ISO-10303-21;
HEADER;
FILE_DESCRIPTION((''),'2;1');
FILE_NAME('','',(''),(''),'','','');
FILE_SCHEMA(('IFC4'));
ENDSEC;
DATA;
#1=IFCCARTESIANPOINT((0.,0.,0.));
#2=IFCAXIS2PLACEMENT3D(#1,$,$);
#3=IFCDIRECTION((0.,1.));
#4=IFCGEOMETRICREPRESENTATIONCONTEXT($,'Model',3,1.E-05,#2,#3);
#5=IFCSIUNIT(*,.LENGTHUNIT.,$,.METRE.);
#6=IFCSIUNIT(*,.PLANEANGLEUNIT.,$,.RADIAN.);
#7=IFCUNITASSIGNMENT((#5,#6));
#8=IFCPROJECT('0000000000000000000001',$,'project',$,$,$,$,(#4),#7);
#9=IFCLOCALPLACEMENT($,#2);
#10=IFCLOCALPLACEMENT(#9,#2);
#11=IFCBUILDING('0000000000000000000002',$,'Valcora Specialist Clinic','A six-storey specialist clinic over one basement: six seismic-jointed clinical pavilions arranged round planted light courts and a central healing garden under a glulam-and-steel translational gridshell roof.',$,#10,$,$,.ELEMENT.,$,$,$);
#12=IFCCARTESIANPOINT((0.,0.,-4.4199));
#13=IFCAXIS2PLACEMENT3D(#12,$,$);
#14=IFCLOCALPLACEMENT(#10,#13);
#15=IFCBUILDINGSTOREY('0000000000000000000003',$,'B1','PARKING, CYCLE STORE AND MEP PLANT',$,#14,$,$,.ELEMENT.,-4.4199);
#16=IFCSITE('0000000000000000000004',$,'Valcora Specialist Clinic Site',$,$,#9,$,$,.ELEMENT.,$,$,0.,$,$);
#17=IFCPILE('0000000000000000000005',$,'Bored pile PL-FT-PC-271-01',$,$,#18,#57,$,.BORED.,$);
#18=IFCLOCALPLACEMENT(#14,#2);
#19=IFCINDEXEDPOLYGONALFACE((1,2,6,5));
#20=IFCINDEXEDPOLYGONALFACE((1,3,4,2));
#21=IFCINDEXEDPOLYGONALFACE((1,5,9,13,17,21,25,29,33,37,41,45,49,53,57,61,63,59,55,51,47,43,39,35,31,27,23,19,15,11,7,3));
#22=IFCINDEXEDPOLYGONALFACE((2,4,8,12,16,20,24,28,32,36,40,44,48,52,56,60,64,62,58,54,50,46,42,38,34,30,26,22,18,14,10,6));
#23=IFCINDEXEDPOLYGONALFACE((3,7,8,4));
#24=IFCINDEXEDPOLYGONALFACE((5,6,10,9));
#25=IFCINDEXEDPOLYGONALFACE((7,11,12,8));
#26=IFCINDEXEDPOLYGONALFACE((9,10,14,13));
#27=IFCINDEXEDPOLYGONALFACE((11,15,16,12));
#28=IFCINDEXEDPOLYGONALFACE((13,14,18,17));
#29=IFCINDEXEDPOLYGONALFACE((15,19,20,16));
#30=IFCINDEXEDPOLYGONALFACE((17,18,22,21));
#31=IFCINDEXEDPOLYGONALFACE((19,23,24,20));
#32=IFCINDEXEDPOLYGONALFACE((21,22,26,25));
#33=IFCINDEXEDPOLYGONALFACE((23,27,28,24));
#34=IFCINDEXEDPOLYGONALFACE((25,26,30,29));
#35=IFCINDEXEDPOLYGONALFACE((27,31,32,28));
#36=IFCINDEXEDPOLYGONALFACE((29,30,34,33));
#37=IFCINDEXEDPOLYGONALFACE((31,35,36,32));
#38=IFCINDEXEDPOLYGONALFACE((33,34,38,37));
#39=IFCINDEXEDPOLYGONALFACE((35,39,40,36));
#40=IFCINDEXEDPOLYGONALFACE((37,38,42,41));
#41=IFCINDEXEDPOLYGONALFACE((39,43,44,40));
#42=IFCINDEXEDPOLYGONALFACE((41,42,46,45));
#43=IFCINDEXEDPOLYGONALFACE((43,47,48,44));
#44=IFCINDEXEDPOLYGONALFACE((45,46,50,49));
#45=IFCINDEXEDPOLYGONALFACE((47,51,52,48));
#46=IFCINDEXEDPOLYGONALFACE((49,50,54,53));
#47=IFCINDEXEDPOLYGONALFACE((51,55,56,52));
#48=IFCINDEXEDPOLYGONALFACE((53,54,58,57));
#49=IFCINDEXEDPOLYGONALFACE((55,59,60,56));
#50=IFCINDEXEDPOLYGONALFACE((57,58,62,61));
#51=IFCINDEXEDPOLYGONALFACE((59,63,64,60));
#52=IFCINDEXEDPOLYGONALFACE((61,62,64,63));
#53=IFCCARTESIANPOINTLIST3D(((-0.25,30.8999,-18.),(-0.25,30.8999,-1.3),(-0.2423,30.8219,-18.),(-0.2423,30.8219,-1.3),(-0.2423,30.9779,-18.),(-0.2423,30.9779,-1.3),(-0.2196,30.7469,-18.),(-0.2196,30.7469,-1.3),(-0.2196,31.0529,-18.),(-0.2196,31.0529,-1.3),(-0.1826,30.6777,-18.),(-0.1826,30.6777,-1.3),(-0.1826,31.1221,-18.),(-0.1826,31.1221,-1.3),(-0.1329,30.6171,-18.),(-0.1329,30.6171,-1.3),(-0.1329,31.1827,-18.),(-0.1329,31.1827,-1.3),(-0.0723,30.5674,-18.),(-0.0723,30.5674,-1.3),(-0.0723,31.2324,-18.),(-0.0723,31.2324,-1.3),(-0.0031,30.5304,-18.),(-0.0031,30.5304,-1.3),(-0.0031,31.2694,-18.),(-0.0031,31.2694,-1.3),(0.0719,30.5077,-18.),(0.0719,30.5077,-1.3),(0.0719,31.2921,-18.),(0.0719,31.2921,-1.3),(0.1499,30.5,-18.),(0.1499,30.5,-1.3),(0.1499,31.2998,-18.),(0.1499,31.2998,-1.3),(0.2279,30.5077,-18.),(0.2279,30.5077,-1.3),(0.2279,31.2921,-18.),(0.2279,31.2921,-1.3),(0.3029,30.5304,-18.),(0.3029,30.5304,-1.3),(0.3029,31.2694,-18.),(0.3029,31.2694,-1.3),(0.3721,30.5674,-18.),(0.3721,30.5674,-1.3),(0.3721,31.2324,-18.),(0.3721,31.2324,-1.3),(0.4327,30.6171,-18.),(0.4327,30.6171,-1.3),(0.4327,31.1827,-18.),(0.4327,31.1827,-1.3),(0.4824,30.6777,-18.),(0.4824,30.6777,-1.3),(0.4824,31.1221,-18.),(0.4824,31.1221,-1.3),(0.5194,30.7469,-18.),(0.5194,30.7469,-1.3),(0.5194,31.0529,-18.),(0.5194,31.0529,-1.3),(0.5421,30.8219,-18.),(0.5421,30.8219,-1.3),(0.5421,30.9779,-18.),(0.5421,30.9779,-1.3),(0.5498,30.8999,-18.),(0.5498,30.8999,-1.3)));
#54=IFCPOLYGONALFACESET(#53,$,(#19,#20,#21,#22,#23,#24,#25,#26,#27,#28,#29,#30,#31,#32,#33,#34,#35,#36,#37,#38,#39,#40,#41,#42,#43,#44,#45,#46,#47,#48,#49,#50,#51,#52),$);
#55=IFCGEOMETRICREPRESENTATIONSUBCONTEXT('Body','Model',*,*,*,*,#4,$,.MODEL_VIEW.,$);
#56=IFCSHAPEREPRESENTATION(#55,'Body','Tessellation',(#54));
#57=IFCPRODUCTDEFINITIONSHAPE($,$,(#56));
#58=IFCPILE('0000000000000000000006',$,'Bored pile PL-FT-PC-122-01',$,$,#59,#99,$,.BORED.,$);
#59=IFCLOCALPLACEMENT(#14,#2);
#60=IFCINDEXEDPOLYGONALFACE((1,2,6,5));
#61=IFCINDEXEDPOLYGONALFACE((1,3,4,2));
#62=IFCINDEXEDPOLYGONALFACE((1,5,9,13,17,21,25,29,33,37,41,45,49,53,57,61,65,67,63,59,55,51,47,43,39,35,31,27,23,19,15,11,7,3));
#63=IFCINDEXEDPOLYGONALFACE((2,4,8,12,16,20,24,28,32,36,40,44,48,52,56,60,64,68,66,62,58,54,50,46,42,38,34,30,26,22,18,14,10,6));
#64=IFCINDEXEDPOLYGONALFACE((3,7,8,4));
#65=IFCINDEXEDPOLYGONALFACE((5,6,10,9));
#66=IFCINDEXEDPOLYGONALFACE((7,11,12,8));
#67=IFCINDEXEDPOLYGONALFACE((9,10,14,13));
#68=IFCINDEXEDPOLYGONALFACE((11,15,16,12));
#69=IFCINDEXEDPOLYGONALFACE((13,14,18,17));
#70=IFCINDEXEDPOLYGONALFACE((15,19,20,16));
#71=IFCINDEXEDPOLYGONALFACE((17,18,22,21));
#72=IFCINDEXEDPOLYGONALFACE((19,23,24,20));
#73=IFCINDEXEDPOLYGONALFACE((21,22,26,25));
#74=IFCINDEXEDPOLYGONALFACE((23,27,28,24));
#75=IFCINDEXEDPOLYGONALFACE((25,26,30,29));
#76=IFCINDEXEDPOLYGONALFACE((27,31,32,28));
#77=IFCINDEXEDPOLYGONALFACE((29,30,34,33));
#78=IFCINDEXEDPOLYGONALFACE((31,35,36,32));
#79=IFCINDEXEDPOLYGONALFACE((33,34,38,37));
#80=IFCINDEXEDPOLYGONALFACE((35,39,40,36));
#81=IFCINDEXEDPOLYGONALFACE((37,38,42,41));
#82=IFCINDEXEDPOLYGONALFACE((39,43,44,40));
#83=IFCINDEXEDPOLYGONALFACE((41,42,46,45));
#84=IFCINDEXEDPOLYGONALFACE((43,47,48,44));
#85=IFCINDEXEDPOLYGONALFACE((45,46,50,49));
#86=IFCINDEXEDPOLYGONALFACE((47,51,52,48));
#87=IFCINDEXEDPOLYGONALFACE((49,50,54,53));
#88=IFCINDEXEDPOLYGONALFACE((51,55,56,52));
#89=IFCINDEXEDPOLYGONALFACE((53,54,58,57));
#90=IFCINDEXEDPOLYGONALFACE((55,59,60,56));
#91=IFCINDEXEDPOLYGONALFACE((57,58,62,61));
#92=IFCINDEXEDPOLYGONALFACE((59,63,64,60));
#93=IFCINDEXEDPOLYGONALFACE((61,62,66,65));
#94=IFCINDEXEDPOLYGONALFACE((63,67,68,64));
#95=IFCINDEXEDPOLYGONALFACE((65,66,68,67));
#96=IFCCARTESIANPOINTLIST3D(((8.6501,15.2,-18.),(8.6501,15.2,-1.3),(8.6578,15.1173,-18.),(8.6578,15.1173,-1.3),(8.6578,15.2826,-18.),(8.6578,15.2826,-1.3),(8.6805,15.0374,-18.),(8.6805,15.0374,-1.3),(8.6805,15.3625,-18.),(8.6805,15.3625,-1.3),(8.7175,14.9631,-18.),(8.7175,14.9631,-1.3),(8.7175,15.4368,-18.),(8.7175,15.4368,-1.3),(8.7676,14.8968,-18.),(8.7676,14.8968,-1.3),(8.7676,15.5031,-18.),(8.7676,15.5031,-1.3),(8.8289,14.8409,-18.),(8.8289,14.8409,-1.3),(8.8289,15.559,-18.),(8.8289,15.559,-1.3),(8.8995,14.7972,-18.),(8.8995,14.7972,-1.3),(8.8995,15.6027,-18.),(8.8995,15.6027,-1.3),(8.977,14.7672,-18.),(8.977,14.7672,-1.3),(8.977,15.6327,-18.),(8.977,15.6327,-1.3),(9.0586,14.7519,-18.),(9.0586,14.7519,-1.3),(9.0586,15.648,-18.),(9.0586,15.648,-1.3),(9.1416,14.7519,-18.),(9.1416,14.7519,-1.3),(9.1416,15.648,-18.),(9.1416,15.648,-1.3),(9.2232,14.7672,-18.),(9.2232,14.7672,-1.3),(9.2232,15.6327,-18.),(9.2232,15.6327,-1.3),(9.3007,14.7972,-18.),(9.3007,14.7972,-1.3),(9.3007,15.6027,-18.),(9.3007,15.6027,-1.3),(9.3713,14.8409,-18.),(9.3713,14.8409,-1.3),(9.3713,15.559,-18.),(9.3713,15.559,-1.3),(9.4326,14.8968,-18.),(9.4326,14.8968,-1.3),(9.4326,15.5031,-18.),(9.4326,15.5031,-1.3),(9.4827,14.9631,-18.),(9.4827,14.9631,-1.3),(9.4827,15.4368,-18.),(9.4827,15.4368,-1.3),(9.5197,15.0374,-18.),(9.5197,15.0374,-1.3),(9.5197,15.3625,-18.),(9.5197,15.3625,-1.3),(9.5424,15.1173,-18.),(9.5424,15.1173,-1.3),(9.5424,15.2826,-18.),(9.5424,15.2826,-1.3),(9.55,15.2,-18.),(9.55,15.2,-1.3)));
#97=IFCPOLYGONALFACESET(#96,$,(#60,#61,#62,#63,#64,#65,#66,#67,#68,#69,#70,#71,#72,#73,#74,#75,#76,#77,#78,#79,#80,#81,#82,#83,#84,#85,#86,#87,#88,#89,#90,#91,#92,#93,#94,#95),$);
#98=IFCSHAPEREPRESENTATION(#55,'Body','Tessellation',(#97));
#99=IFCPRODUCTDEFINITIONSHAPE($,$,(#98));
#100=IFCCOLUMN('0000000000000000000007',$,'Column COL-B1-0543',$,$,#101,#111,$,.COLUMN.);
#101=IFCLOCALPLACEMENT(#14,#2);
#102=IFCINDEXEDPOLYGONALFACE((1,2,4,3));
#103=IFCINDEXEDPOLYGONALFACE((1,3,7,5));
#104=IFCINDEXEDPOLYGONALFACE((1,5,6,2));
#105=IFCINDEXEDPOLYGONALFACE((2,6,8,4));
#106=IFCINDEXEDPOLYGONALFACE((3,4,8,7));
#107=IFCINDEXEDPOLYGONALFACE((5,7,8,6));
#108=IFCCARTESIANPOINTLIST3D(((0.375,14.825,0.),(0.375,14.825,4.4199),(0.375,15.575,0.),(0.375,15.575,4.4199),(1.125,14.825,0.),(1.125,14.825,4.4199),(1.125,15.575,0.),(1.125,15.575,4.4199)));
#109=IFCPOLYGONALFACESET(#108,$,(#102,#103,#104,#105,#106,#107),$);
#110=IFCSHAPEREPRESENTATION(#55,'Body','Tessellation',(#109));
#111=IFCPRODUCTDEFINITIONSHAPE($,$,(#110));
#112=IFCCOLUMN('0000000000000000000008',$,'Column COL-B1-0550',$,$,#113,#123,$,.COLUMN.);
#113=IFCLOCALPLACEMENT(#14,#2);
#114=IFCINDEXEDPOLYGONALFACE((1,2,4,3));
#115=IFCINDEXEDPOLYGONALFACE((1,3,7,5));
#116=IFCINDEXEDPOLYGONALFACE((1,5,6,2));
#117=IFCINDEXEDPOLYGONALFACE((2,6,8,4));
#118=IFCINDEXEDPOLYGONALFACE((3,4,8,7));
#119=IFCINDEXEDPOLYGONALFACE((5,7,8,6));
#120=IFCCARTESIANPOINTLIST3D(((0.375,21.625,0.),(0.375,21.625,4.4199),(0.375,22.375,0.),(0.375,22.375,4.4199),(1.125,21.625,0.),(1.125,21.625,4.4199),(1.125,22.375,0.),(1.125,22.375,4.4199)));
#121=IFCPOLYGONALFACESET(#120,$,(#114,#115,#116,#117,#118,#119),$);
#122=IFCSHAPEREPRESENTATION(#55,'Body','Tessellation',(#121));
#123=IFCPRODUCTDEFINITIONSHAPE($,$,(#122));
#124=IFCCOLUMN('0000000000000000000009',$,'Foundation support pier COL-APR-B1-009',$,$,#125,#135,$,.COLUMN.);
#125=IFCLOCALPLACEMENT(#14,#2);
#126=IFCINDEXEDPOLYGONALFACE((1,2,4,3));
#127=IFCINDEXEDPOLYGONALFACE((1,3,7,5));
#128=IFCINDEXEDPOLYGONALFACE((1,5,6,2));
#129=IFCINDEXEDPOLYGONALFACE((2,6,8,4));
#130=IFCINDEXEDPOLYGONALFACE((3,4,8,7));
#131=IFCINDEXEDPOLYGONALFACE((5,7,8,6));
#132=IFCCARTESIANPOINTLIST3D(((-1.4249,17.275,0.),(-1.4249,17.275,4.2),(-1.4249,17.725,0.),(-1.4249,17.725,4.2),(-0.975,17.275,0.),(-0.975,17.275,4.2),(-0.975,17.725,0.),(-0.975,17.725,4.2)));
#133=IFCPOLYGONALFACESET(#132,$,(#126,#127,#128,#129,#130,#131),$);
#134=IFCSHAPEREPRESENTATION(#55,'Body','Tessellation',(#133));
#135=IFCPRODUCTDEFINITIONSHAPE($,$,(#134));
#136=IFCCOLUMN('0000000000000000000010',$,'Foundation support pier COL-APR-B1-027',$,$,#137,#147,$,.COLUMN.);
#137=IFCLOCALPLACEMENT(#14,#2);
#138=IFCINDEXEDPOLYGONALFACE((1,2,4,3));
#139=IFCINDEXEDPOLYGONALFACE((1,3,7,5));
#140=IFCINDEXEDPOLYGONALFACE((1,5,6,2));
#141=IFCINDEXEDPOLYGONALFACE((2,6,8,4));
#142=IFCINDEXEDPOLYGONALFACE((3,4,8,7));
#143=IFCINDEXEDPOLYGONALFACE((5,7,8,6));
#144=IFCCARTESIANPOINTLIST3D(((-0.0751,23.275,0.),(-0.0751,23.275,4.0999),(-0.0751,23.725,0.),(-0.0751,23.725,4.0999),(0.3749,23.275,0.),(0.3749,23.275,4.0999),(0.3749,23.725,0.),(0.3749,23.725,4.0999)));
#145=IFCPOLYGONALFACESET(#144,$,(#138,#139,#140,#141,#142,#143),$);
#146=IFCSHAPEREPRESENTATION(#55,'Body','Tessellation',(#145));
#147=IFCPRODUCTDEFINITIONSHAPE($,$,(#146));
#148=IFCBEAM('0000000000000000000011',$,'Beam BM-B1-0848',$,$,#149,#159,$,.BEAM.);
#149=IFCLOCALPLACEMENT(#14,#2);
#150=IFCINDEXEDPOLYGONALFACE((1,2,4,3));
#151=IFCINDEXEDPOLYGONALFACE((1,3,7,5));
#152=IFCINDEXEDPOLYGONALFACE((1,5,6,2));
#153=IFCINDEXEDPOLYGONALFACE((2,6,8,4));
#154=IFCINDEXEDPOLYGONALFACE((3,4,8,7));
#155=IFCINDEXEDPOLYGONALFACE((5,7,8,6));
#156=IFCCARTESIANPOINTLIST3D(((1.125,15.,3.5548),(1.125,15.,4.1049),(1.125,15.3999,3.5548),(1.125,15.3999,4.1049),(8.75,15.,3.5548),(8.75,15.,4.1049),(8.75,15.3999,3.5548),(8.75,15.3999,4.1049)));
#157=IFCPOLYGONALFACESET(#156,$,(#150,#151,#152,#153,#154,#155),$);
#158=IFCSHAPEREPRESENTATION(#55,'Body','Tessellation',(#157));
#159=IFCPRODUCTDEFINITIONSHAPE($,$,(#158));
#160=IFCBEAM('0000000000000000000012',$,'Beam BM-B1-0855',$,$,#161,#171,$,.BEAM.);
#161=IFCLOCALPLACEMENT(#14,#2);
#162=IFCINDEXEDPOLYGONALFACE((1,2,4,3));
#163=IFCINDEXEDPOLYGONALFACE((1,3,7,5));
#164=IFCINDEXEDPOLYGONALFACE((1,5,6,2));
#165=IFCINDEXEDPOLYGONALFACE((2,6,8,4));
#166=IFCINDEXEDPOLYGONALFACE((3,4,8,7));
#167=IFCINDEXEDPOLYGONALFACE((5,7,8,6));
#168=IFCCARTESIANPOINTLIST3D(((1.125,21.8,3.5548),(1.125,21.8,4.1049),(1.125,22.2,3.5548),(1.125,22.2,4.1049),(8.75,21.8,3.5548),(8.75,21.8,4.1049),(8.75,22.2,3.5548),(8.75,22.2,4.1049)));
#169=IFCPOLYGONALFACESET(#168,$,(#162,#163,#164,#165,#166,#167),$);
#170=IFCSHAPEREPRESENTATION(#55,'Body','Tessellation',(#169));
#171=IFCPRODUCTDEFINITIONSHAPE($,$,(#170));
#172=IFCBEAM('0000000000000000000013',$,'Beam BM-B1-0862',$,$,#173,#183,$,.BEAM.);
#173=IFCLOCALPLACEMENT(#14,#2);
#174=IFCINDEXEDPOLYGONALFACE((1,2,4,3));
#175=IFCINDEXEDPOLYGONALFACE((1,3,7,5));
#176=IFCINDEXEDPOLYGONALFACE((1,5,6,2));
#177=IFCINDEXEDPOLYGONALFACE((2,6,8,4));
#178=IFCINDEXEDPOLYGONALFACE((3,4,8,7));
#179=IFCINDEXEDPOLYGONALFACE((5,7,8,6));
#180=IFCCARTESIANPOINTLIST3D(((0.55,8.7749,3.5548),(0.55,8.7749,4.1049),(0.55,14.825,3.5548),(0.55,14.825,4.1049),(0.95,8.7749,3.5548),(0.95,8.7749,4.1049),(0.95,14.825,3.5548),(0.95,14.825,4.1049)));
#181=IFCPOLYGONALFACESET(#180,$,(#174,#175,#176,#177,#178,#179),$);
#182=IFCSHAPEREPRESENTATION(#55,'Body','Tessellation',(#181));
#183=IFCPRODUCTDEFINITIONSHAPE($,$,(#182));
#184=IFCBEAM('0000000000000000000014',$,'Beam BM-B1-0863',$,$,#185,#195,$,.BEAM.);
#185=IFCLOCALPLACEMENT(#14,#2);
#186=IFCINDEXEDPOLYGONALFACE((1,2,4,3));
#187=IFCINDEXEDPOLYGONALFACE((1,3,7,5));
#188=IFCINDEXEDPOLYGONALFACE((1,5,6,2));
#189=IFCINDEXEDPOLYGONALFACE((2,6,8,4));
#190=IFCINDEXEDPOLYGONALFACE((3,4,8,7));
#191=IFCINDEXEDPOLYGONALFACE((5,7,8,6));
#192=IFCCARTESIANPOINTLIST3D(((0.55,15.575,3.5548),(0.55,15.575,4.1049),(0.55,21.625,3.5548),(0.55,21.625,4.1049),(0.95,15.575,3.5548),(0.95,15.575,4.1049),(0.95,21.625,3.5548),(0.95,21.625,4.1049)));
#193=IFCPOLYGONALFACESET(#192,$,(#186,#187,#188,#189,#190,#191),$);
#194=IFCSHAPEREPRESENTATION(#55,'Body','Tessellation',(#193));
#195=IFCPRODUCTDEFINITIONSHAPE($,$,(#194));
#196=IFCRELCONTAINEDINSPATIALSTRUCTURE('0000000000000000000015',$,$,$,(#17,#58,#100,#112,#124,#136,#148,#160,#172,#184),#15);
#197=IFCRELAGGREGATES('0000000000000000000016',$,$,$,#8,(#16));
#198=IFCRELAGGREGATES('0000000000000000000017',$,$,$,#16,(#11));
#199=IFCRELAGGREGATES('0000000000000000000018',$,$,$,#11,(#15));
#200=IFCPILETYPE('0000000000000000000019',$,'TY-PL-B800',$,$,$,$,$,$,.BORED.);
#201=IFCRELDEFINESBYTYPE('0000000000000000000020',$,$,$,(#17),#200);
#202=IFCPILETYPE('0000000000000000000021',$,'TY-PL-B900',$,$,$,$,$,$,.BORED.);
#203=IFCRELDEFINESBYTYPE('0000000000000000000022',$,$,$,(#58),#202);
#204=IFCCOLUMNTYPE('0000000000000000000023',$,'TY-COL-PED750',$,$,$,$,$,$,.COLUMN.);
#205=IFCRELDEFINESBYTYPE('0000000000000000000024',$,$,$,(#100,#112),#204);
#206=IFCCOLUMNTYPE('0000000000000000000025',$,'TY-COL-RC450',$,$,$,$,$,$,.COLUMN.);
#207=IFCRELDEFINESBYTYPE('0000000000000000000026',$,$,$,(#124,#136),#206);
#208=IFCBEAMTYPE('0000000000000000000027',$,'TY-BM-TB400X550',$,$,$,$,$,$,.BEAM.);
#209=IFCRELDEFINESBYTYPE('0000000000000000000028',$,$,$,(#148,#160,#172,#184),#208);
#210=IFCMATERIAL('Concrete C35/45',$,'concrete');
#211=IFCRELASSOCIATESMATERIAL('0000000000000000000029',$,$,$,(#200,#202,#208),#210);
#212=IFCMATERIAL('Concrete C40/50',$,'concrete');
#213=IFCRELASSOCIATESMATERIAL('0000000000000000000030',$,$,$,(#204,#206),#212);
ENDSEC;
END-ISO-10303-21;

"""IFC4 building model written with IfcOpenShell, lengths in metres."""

from ifc_helpers import new_model, si_unit, direction, frame, origin, origin_2d, place, context, subcontext, project, spatial, rectangle, circle, extrude, material, material_profile, profile_set, type_object, element, save


model = new_model("IFC4")

# Units and contexts
model_context = context("Model", 3, precision=1e-05, world=origin(), true_north=direction((0.0, 1.0)))
body_context = subcontext(model_context, "Body", "Model", "MODEL_VIEW")
ifc_project = project(units=[si_unit("LENGTHUNIT", "METRE"), si_unit("PLANEANGLEUNIT", "RADIAN")], contexts=[model_context])

# Site, building, storey
site_placement = place(None, origin())
site = spatial("IfcSite", under=ifc_project, at=site_placement, Name="Valcora Specialist Clinic Site", CompositionType="ELEMENT", RefElevation=0.0)
building_placement = place(site_placement, origin())
building = spatial("IfcBuilding", under=site, at=building_placement, Name="Valcora Specialist Clinic", Description="A six-storey specialist clinic over one basement: six seismic-jointed clinical pavilions arranged round planted light courts and a central healing garden under a glulam-and-steel translational gridshell roof.", CompositionType="ELEMENT")
storey_placement = place(building_placement, frame((0.0, 0.0, -4.4199)))
storey = spatial("IfcBuildingStorey", under=building, at=storey_placement, Name="B1", Description="PARKING, CYCLE STORE AND MEP PLANT", CompositionType="ELEMENT", Elevation=-4.4199)

# Shared definitions
ifc_material_1 = material(Name="Concrete C35/45", Category="concrete")

# Piles
ifc_material_profile_1 = material_profile(ifc_material_1, circle(Radius=0.3999, at=origin_2d()), Name="RC-PIL-D800")
ifc_profile_set_1 = profile_set([ifc_material_profile_1], Name="Concrete C35/45")
pile_type_1 = type_object("IfcPileType", Name="TY-PL-B800", PredefinedType="BORED", material=ifc_profile_set_1)
pile_1_placement = place(storey_placement, frame((0.1499, 30.8999, -1.3), z_axis=(0.0, 0.0, -1.0), x_axis=(1.0, 0.0, 0.0)))
element("IfcPile", 1, at=pile_1_placement, inside=storey, type_object=pile_type_1, Name="Bored pile PL-FT-PC-271-01", PredefinedType="BORED", context=body_context, shape_type="SweptSolid", body=[
    extrude(circle(Radius=0.3999, at=origin_2d()), origin(), (0.0, 0.0, 1.0), 16.7),
])
ifc_material_profile_2 = material_profile(ifc_material_1, circle(Radius=0.45, at=origin_2d()), Name="RC-PIL-D900")
ifc_profile_set_2 = profile_set([ifc_material_profile_2], Name="Concrete C35/45")
pile_type_2 = type_object("IfcPileType", Name="TY-PL-B900", PredefinedType="BORED", material=ifc_profile_set_2)
pile_2_placement = place(storey_placement, frame((9.1001, 15.2, -1.3), z_axis=(0.0, 0.0, -1.0), x_axis=(1.0, 0.0, 0.0)))
element("IfcPile", 2, at=pile_2_placement, inside=storey, type_object=pile_type_2, Name="Bored pile PL-FT-PC-122-01", PredefinedType="BORED", context=body_context, shape_type="SweptSolid", body=[
    extrude(circle(Radius=0.45, at=origin_2d()), origin(), (0.0, 0.0, 1.0), 16.7),
])

# Columns
ifc_material_2 = material(Name="Concrete C40/50", Category="concrete")
ifc_material_profile_3 = material_profile(ifc_material_2, rectangle(XDim=0.75, YDim=0.75, at=origin_2d()), Name="RC-PED-750X750")
ifc_profile_set_3 = profile_set([ifc_material_profile_3], Name="Concrete C40/50")
column_type_1 = type_object("IfcColumnType", Name="TY-COL-PED750", PredefinedType="COLUMN", material=ifc_profile_set_3)
for number, where, z_axis, x_axis, name in (
    (3, (0.75, 15.2, 0.0), (0.0, 0.0, 1.0), (1.0, 0.0, 0.0), "Column COL-B1-0543"),
    (4, (0.75, 22.0, 0.0), (0.0, 0.0, 1.0), (1.0, 0.0, 0.0), "Column COL-B1-0550"),
):
    element("IfcColumn", number, at=place(storey_placement, frame(where, z_axis=z_axis, x_axis=x_axis)), inside=storey, type_object=column_type_1, Name=name, PredefinedType="COLUMN", context=body_context, shape_type="SweptSolid", body=[
        extrude(rectangle(XDim=0.75, YDim=0.75, at=origin_2d()), origin(), (0.0, 0.0, 1.0), 4.4199),
    ])
ifc_material_profile_4 = material_profile(ifc_material_2, rectangle(XDim=0.45, YDim=0.45, at=origin_2d()), Name="RC-COL-450X450")
ifc_profile_set_4 = profile_set([ifc_material_profile_4], Name="Concrete C40/50")
column_type_2 = type_object("IfcColumnType", Name="TY-COL-RC450", PredefinedType="COLUMN", material=ifc_profile_set_4)
column_1_placement = place(storey_placement, frame((-1.2, 17.5, 0.0), z_axis=(0.0, 0.0, 1.0), x_axis=(1.0, 0.0, 0.0)))
element("IfcColumn", 5, at=column_1_placement, inside=storey, type_object=column_type_2, Name="Foundation support pier COL-APR-B1-009", PredefinedType="COLUMN", context=body_context, shape_type="SweptSolid", body=[
    extrude(rectangle(XDim=0.45, YDim=0.45, at=origin_2d()), origin(), (0.0, 0.0, 1.0), 4.2),
])
column_2_placement = place(storey_placement, frame((0.1499, 23.5, 0.0), z_axis=(0.0, 0.0, 1.0), x_axis=(1.0, 0.0, 0.0)))
element("IfcColumn", 6, at=column_2_placement, inside=storey, type_object=column_type_2, Name="Foundation support pier COL-APR-B1-027", PredefinedType="COLUMN", context=body_context, shape_type="SweptSolid", body=[
    extrude(rectangle(XDim=0.45, YDim=0.45, at=origin_2d()), origin(), (0.0, 0.0, 1.0), 4.0999),
])

# Beams
ifc_material_profile_5 = material_profile(ifc_material_1, rectangle(XDim=0.3999, YDim=0.55, at=origin_2d()), Name="RC-TB-400X550")
ifc_profile_set_5 = profile_set([ifc_material_profile_5], Name="Concrete C35/45")
beam_type = type_object("IfcBeamType", Name="TY-BM-TB400X550", PredefinedType="BEAM", material=ifc_profile_set_5)
for number, where, z_axis, x_axis, name in (
    (7, (1.125, 15.2, 3.8298), (1.0, 0.0, 0.0), (0.0, 1.0, 0.0), "Beam BM-B1-0848"),
    (8, (1.125, 22.0, 3.8298), (1.0, 0.0, 0.0), (0.0, 1.0, 0.0), "Beam BM-B1-0855"),
):
    element("IfcBeam", number, at=place(storey_placement, frame(where, z_axis=z_axis, x_axis=x_axis)), inside=storey, type_object=beam_type, Name=name, PredefinedType="BEAM", context=body_context, shape_type="SweptSolid", body=[
        extrude(rectangle(XDim=0.3999, YDim=0.55, at=origin_2d()), origin(), (0.0, 0.0, 1.0), 7.625),
    ])
for number, where, z_axis, x_axis, name in (
    (9, (0.75, 8.7749, 3.8298), (0.0, 1.0, 0.0), (-1.0, 0.0, 0.0), "Beam BM-B1-0862"),
    (10, (0.75, 15.575, 3.8298), (0.0, 1.0, 0.0), (-1.0, 0.0, 0.0), "Beam BM-B1-0863"),
):
    element("IfcBeam", number, at=place(storey_placement, frame(where, z_axis=z_axis, x_axis=x_axis)), inside=storey, type_object=beam_type, Name=name, PredefinedType="BEAM", context=body_context, shape_type="SweptSolid", body=[
        extrude(rectangle(XDim=0.3999, YDim=0.55, at=origin_2d()), origin(), (0.0, 0.0, 1.0), 6.05),
    ])

save(model, "model.ifc")
